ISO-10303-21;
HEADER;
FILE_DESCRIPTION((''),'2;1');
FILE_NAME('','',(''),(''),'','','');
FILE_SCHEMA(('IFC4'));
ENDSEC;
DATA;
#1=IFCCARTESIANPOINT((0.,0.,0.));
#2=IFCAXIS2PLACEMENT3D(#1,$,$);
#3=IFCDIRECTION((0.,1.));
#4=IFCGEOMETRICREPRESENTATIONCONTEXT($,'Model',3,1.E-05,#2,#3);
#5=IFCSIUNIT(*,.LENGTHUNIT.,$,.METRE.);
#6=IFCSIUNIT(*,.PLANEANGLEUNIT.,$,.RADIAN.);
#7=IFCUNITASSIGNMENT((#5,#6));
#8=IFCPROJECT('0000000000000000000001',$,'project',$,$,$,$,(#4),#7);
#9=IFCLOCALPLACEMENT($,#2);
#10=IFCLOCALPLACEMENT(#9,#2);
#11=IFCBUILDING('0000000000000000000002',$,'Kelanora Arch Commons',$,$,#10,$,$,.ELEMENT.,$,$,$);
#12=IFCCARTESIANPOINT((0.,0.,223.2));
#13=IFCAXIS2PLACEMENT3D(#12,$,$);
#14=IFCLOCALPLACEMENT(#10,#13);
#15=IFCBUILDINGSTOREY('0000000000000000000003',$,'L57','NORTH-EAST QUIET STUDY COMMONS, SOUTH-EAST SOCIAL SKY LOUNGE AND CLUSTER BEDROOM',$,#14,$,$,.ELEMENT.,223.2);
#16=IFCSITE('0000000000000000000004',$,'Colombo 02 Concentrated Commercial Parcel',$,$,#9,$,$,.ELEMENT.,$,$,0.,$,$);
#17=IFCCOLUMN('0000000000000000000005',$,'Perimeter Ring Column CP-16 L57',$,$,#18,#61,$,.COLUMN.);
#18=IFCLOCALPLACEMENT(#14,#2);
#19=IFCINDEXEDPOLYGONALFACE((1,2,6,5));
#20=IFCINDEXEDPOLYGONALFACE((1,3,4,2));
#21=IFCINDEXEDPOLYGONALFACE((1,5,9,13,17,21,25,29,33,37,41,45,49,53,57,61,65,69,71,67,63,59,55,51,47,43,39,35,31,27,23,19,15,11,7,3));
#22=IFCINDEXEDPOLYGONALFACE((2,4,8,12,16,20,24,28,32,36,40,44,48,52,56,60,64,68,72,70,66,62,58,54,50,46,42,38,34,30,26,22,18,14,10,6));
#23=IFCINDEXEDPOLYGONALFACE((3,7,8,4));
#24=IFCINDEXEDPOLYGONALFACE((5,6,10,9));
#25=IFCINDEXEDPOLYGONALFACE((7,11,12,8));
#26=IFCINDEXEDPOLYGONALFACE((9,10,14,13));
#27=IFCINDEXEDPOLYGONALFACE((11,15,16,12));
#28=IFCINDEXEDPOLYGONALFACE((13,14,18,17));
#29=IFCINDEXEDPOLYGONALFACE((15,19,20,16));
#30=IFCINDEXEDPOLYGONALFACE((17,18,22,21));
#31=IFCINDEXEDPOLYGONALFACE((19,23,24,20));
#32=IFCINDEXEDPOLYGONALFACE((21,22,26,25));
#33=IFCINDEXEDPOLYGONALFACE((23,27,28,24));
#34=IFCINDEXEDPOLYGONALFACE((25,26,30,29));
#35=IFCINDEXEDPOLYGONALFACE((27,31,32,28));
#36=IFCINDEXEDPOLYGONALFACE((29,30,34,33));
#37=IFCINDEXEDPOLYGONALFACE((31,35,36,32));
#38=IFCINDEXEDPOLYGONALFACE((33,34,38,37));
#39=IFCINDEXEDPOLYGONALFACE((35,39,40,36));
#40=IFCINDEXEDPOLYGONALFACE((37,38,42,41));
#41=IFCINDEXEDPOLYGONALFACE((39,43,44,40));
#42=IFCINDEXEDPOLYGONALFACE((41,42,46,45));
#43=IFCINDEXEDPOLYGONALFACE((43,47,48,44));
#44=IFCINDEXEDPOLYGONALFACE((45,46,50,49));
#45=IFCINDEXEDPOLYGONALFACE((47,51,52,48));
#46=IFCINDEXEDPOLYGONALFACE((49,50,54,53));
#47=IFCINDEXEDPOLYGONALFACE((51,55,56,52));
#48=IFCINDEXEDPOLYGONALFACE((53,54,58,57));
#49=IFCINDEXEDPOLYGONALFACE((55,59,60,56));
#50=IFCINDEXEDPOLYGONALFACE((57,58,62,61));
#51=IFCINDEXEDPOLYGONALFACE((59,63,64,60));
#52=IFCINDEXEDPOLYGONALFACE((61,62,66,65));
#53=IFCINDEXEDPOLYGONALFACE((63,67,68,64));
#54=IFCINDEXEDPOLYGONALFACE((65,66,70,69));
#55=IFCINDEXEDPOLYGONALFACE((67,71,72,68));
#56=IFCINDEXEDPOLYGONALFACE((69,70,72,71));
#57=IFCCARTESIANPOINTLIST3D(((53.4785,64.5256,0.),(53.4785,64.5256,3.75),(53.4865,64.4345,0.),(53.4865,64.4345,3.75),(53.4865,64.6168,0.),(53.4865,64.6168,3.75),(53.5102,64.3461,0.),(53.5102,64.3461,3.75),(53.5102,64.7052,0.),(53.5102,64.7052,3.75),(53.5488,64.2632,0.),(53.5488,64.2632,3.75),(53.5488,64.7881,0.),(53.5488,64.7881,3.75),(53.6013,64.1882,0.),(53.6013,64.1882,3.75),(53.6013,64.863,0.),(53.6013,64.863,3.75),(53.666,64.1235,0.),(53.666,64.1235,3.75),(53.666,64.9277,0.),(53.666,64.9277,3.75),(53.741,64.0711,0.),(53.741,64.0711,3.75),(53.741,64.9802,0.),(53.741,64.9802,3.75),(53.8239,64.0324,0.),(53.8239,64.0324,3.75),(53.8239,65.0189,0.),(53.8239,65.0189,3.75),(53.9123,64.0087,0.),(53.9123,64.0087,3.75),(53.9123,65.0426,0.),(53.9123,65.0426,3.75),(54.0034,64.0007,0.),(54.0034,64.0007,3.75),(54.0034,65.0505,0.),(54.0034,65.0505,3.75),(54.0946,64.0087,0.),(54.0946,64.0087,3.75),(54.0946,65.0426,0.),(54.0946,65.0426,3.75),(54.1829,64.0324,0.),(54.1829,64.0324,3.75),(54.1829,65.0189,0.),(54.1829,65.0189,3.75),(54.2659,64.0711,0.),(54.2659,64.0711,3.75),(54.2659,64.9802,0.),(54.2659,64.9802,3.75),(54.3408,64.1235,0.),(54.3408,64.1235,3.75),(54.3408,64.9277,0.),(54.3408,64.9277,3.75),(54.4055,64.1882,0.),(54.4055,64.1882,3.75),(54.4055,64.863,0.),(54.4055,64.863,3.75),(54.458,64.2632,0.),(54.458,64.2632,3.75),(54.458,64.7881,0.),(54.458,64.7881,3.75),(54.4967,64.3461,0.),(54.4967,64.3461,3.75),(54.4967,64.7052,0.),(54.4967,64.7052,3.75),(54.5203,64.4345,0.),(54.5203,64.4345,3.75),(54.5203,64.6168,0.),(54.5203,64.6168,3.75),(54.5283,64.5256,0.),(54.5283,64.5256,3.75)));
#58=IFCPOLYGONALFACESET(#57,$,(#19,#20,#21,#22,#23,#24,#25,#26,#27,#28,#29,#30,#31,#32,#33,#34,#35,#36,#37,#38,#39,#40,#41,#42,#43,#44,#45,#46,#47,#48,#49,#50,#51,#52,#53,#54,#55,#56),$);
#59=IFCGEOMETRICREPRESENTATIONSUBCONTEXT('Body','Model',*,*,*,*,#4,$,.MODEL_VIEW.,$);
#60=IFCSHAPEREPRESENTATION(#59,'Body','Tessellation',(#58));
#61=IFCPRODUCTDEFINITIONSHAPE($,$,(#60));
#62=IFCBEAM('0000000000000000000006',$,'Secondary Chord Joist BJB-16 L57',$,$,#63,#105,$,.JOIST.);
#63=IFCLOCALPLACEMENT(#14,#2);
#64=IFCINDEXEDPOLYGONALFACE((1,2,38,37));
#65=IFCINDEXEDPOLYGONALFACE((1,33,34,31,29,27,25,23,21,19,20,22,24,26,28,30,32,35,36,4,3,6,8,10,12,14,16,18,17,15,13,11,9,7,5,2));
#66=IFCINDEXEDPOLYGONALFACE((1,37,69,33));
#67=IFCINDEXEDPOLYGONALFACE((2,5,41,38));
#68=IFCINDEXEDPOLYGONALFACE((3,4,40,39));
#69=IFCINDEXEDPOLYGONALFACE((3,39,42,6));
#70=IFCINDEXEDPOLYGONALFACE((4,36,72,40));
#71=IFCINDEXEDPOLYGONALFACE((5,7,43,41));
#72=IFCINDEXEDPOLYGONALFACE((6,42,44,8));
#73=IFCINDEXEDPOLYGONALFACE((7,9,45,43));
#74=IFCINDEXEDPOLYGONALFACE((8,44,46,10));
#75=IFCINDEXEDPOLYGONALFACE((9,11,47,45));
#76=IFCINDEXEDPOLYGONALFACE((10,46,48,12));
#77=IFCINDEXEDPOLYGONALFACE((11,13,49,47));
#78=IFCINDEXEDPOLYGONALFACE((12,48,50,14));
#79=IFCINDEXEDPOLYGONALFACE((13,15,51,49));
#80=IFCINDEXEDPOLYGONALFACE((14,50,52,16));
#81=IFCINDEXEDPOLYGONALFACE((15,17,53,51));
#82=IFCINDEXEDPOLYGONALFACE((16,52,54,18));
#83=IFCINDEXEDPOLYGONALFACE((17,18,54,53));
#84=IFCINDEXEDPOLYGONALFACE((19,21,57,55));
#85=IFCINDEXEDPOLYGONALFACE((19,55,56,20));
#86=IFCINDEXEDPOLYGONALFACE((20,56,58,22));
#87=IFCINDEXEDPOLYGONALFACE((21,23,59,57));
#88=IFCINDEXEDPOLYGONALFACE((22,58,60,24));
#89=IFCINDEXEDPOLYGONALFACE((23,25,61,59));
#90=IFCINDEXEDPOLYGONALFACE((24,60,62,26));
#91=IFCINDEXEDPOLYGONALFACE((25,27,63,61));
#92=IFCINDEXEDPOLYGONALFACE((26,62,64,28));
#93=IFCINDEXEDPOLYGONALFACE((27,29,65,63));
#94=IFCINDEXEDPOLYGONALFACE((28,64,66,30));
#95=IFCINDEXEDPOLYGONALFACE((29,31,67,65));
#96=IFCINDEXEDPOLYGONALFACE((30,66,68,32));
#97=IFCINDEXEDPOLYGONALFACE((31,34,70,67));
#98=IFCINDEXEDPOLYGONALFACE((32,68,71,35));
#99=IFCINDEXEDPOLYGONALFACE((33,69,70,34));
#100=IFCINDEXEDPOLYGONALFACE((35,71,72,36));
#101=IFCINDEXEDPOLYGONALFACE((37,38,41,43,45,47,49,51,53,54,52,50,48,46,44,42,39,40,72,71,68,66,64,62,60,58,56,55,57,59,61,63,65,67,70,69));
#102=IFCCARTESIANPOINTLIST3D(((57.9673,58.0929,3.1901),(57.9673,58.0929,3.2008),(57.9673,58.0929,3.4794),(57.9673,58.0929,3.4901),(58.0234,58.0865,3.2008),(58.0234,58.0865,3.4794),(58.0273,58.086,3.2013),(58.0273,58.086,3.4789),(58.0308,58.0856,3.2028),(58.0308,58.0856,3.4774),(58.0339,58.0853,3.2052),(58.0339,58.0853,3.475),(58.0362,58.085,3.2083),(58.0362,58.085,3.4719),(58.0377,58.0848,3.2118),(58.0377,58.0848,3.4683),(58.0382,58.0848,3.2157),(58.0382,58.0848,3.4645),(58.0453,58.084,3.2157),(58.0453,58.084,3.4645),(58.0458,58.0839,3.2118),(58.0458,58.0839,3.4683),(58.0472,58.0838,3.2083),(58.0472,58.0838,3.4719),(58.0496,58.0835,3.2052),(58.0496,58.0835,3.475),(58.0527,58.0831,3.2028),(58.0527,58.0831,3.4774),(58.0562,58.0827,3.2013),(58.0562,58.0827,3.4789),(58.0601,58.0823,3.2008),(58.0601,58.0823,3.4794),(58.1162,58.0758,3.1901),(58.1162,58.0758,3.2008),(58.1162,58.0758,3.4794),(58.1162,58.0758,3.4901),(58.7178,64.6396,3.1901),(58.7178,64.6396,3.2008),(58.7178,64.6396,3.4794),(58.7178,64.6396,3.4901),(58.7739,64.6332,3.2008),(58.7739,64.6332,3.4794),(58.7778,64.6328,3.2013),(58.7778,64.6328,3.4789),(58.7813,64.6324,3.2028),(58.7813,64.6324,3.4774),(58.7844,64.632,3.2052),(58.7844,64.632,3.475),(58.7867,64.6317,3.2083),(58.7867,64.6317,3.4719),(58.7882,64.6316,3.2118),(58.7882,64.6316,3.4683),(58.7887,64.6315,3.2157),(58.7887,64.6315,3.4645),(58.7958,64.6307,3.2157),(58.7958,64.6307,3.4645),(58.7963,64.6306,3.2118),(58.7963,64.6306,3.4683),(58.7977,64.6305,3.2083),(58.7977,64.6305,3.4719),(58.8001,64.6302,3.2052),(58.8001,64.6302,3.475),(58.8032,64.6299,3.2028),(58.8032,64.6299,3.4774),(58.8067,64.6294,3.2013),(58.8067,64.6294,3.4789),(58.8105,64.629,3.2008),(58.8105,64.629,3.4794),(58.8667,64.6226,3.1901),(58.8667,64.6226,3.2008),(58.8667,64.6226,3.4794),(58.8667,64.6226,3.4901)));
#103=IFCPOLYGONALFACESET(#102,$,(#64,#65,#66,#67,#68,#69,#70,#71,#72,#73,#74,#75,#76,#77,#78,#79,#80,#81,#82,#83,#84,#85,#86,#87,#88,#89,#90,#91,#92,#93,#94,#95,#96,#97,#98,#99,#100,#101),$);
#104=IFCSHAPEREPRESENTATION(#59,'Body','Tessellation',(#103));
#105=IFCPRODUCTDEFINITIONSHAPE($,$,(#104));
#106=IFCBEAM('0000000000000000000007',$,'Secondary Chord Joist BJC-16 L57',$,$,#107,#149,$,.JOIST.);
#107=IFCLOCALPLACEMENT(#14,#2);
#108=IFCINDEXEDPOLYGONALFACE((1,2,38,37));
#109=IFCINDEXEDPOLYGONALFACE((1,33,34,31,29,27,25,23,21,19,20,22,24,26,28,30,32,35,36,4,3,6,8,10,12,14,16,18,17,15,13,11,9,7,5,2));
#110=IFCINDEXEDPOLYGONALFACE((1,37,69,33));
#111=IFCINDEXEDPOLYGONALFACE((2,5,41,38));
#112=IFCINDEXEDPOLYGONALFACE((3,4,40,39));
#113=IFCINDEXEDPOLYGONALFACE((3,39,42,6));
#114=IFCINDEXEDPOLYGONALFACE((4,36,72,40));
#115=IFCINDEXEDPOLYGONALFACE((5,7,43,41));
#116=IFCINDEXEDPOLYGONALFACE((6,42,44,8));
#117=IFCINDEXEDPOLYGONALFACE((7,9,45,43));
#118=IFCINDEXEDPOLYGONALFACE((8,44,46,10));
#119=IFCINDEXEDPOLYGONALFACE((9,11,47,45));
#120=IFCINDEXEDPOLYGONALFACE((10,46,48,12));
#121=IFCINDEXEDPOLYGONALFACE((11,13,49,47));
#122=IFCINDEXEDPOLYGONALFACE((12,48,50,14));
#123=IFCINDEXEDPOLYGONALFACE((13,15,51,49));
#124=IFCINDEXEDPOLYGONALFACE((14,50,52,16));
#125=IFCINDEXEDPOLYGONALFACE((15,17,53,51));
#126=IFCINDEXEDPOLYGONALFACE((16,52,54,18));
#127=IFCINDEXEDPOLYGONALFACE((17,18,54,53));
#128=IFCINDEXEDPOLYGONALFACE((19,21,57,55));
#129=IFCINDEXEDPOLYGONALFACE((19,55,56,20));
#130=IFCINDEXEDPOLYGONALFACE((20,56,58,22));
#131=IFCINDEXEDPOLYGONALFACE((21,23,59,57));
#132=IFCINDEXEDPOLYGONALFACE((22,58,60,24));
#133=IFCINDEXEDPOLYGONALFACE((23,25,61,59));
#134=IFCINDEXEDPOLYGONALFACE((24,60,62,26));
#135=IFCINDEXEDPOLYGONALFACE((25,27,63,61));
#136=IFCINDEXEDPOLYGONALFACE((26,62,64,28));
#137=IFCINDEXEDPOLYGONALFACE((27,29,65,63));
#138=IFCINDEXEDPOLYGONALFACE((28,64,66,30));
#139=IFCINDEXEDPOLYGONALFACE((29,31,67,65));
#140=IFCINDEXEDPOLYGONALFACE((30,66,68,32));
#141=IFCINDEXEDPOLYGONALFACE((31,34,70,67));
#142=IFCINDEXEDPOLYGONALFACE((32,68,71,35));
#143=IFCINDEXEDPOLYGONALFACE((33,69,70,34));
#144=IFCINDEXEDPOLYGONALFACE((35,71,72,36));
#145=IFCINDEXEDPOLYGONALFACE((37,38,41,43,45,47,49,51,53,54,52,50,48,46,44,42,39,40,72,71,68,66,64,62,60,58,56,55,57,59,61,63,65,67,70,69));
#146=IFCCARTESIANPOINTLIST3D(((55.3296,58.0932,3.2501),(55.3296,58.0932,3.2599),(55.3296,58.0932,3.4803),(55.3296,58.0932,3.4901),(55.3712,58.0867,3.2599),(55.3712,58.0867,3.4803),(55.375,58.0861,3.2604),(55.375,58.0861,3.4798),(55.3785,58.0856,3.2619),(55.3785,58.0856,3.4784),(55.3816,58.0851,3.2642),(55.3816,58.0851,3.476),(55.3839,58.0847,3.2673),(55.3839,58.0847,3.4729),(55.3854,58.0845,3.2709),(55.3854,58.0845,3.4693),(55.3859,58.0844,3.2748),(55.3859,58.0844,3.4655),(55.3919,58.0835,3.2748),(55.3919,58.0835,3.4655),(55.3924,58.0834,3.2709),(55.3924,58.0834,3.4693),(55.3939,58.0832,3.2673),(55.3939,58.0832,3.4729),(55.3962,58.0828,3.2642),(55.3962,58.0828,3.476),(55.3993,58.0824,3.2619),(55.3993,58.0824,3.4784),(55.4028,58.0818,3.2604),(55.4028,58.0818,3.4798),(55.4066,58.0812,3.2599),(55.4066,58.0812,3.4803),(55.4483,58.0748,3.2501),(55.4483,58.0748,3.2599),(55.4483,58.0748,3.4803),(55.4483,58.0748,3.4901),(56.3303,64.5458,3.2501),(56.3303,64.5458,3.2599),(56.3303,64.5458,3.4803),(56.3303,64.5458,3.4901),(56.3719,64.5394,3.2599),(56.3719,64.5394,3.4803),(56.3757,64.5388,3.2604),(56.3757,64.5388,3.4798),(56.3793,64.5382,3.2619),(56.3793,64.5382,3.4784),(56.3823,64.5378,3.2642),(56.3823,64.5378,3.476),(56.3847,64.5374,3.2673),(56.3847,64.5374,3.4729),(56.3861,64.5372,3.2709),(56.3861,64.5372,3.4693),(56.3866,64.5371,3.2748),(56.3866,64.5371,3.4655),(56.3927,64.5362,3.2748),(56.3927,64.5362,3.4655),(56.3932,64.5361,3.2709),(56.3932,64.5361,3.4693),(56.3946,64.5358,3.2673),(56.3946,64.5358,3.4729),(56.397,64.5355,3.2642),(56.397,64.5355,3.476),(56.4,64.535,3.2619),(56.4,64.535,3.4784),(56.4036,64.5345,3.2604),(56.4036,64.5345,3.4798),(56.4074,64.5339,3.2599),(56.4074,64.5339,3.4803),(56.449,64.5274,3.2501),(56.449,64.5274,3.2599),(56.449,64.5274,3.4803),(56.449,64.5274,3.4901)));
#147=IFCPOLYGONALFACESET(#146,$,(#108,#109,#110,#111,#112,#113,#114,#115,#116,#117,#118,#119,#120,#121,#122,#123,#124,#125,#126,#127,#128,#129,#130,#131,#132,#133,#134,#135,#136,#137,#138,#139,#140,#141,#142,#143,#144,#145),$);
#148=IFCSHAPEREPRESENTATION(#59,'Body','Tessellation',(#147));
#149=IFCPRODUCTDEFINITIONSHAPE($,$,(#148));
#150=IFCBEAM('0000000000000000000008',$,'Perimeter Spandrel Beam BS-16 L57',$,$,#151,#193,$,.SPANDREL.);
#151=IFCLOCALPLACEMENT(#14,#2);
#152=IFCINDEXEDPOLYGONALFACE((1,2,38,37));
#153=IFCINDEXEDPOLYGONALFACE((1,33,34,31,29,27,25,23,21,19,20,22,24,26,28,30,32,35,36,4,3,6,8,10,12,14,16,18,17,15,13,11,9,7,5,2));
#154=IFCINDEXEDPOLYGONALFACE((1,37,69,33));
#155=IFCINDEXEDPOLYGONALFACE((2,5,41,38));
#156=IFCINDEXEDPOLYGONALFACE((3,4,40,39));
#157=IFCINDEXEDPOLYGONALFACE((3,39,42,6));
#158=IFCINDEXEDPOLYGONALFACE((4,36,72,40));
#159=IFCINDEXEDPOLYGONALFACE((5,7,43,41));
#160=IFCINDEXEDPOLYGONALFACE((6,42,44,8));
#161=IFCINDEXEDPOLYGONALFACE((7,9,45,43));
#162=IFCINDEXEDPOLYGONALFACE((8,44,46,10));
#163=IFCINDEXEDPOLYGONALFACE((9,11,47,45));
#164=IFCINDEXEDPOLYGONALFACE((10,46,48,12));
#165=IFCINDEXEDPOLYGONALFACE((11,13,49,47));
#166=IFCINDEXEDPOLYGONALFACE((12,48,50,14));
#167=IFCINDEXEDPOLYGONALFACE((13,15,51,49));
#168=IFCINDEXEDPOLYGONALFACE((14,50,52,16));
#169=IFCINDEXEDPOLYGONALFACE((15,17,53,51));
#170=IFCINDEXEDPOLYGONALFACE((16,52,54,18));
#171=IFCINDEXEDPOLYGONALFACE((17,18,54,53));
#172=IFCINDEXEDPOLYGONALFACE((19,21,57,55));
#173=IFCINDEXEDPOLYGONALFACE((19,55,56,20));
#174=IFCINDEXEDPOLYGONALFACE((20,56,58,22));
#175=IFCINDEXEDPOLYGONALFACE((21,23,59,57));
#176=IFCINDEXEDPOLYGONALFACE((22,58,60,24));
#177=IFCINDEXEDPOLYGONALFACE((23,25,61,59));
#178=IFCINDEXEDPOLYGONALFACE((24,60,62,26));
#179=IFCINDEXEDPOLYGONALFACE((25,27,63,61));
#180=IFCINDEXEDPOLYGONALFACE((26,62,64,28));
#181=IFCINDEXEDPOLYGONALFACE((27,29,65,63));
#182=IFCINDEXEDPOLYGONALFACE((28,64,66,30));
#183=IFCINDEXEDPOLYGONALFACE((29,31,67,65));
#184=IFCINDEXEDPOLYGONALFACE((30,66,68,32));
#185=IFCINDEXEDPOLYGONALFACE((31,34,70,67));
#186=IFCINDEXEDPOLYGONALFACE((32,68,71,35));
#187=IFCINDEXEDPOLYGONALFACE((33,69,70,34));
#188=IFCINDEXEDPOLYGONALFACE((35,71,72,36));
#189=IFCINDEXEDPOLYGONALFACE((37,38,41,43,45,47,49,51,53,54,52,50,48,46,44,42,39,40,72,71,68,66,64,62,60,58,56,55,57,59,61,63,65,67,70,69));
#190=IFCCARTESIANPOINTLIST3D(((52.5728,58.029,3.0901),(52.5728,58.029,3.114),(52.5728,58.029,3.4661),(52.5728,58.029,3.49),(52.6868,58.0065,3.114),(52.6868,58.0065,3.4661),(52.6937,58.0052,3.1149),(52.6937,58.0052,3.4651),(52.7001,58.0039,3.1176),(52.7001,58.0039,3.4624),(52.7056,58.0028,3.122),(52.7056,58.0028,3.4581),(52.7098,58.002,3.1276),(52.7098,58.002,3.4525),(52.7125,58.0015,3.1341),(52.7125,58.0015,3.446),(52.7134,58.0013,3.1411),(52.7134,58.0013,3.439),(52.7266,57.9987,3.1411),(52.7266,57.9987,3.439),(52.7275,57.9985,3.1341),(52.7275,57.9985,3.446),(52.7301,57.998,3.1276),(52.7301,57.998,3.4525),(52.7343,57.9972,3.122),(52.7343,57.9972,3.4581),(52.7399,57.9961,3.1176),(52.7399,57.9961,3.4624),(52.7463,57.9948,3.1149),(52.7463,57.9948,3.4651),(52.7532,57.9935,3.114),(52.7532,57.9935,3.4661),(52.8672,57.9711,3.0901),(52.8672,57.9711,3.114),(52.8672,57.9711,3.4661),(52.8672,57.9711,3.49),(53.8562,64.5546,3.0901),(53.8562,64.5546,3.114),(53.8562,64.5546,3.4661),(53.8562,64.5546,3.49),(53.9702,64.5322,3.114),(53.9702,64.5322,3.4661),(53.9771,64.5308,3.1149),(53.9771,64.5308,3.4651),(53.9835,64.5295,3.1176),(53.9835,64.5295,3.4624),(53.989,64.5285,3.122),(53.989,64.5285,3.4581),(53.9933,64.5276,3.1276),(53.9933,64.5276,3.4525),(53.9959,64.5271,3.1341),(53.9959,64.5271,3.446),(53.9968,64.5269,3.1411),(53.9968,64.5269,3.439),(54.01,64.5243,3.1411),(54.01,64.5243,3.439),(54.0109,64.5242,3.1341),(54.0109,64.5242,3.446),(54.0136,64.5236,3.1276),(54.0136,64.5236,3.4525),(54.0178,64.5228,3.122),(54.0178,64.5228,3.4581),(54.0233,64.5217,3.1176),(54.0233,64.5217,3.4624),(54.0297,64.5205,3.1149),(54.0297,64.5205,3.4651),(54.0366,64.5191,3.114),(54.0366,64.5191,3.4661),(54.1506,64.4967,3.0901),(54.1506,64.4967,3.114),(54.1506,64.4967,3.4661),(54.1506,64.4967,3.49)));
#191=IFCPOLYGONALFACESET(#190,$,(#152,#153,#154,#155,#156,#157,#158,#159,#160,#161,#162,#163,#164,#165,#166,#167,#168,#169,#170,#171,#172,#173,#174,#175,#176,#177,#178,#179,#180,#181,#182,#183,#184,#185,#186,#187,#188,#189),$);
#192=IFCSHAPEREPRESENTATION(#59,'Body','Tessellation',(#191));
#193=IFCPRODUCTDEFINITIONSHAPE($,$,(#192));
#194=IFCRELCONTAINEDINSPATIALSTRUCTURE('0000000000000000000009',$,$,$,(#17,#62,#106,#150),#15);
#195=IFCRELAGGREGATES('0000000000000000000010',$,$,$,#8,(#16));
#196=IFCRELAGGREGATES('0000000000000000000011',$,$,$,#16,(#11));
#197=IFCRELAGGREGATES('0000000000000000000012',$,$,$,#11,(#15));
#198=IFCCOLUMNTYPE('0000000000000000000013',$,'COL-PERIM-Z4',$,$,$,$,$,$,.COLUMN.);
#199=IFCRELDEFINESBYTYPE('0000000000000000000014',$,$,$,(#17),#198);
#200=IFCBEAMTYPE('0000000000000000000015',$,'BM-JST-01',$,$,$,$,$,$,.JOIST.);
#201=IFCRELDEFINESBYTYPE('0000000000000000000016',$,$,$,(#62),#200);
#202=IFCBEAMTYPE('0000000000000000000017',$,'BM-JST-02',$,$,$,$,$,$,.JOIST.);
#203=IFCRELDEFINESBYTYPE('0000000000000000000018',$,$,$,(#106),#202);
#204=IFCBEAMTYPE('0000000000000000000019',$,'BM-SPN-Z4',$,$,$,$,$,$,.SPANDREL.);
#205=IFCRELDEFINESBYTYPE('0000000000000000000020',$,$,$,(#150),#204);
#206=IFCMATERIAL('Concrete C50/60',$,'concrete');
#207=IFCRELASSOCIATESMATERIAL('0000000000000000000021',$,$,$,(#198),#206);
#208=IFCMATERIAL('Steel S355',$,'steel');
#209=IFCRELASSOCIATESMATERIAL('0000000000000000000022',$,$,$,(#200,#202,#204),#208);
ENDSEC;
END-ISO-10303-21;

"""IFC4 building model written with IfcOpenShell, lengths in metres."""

from ifc_helpers import new_model, si_unit, direction, frame, origin, origin_2d, place, context, subcontext, project, spatial, circle, i_section, extrude, material, material_profile, profile_set, type_object, element, save


model = new_model("IFC4")

# Units and contexts
model_context = context("Model", 3, precision=1e-05, world=origin(), true_north=direction((0.0, 1.0)))
body_context = subcontext(model_context, "Body", "Model", "MODEL_VIEW")
ifc_project = project(units=[si_unit("LENGTHUNIT", "METRE"), si_unit("PLANEANGLEUNIT", "RADIAN")], contexts=[model_context])

# Site, building, storey
site_placement = place(None, origin())
site = spatial("IfcSite", under=ifc_project, at=site_placement, Name="Colombo 02 Concentrated Commercial Parcel", CompositionType="ELEMENT", RefElevation=0.0)
building_placement = place(site_placement, origin())
building = spatial("IfcBuilding", under=site, at=building_placement, Name="Kelanora Arch Commons", CompositionType="ELEMENT")
storey_placement = place(building_placement, frame((0.0, 0.0, 223.2)))
storey = spatial("IfcBuildingStorey", under=building, at=storey_placement, Name="L57", Description="NORTH-EAST QUIET STUDY COMMONS, SOUTH-EAST SOCIAL SKY LOUNGE AND CLUSTER BEDROOM", CompositionType="ELEMENT", Elevation=223.2)

# Column
ifc_material_1 = material(Name="Concrete C50/60", Category="concrete")
ifc_material_profile_1 = material_profile(ifc_material_1, circle(Radius=0.5249, at=origin_2d()), Name="RCC1050")
ifc_profile_set_1 = profile_set([ifc_material_profile_1], Name="Concrete C50/60")
column_type = type_object("IfcColumnType", Name="COL-PERIM-Z4", PredefinedType="COLUMN", material=ifc_profile_set_1)
column_placement = place(storey_placement, frame((54.0034, 64.5256, 0.0), z_axis=(0.0, 0.0, 1.0), x_axis=(1.0, 0.0, 0.0)))
element("IfcColumn", 1, at=column_placement, inside=storey, type_object=column_type, Name="Perimeter Ring Column CP-16 L57", PredefinedType="COLUMN", context=body_context, shape_type="SweptSolid", body=[
    extrude(circle(Radius=0.5249, at=origin_2d()), origin(), (0.0, 0.0, 1.0), 3.75),
])

# Beams
ifc_material_2 = material(Name="Steel S355", Category="steel")
ifc_material_profile_2 = material_profile(ifc_material_2, i_section(OverallWidth=0.1499, OverallDepth=0.3, WebThickness=0.0071, FlangeThickness=0.0107, FilletRadius=0.0149, at=origin_2d()), Name="IPE300")
ifc_profile_set_2 = profile_set([ifc_material_profile_2], Name="Steel S355")
beam_type_1 = type_object("IfcBeamType", Name="BM-JST-01", PredefinedType="JOIST", material=ifc_profile_set_2)
beam_1_placement = place(storey_placement, frame((58.7922, 64.6311, 3.3401), z_axis=(-0.113891, -0.993493, 0.0), x_axis=(0.993493, -0.113891, 0.0)))
element("IfcBeam", 2, at=beam_1_placement, inside=storey, type_object=beam_type_1, Name="Secondary Chord Joist BJB-16 L57", PredefinedType="JOIST", context=body_context, shape_type="SweptSolid", body=[
    extrude(i_section(OverallWidth=0.1499, OverallDepth=0.3, WebThickness=0.0071, FlangeThickness=0.0107, FilletRadius=0.0149, at=origin_2d()), origin(), (0.0, 0.0, 1.0), 6.5896),
])
ifc_material_profile_3 = material_profile(ifc_material_2, i_section(OverallWidth=0.1201, OverallDepth=0.24, WebThickness=0.0061, FlangeThickness=0.0098, FilletRadius=0.0149, at=origin_2d()), Name="IPE240")
ifc_profile_set_3 = profile_set([ifc_material_profile_3], Name="Steel S355")
beam_type_2 = type_object("IfcBeamType", Name="BM-JST-02", PredefinedType="JOIST", material=ifc_profile_set_3)
beam_2_placement = place(storey_placement, frame((56.3896, 64.5366, 3.3701), z_axis=(-0.153257, -0.988186, 0.0), x_axis=(0.988186, -0.153257, 0.0)))
element("IfcBeam", 3, at=beam_2_placement, inside=storey, type_object=beam_type_2, Name="Secondary Chord Joist BJC-16 L57", PredefinedType="JOIST", context=body_context, shape_type="SweptSolid", body=[
    extrude(i_section(OverallWidth=0.1201, OverallDepth=0.24, WebThickness=0.0061, FlangeThickness=0.0098, FilletRadius=0.0149, at=origin_2d()), origin(), (0.0, 0.0, 1.0), 6.5298),
])
ifc_material_profile_4 = material_profile(ifc_material_2, i_section(OverallWidth=0.3, OverallDepth=0.3999, WebThickness=0.0134, FlangeThickness=0.0239, FilletRadius=0.0271, at=origin_2d()), Name="HEB400")
ifc_profile_set_4 = profile_set([ifc_material_profile_4], Name="Steel S355")
beam_type_3 = type_object("IfcBeamType", Name="BM-SPN-Z4", PredefinedType="SPANDREL", material=ifc_profile_set_4)
beam_3_placement = place(storey_placement, frame((54.0034, 64.5256, 3.29), z_axis=(-0.192981, -0.981203, 0.0), x_axis=(0.981203, -0.192981, 0.0)))
element("IfcBeam", 4, at=beam_3_placement, inside=storey, type_object=beam_type_3, Name="Perimeter Spandrel Beam BS-16 L57", PredefinedType="SPANDREL", context=body_context, shape_type="SweptSolid", body=[
    extrude(i_section(OverallWidth=0.3, OverallDepth=0.3999, WebThickness=0.0134, FlangeThickness=0.0239, FilletRadius=0.0271, at=origin_2d()), origin(), (0.0, 0.0, 1.0), 6.6506),
])

save(model, "model.ifc")
